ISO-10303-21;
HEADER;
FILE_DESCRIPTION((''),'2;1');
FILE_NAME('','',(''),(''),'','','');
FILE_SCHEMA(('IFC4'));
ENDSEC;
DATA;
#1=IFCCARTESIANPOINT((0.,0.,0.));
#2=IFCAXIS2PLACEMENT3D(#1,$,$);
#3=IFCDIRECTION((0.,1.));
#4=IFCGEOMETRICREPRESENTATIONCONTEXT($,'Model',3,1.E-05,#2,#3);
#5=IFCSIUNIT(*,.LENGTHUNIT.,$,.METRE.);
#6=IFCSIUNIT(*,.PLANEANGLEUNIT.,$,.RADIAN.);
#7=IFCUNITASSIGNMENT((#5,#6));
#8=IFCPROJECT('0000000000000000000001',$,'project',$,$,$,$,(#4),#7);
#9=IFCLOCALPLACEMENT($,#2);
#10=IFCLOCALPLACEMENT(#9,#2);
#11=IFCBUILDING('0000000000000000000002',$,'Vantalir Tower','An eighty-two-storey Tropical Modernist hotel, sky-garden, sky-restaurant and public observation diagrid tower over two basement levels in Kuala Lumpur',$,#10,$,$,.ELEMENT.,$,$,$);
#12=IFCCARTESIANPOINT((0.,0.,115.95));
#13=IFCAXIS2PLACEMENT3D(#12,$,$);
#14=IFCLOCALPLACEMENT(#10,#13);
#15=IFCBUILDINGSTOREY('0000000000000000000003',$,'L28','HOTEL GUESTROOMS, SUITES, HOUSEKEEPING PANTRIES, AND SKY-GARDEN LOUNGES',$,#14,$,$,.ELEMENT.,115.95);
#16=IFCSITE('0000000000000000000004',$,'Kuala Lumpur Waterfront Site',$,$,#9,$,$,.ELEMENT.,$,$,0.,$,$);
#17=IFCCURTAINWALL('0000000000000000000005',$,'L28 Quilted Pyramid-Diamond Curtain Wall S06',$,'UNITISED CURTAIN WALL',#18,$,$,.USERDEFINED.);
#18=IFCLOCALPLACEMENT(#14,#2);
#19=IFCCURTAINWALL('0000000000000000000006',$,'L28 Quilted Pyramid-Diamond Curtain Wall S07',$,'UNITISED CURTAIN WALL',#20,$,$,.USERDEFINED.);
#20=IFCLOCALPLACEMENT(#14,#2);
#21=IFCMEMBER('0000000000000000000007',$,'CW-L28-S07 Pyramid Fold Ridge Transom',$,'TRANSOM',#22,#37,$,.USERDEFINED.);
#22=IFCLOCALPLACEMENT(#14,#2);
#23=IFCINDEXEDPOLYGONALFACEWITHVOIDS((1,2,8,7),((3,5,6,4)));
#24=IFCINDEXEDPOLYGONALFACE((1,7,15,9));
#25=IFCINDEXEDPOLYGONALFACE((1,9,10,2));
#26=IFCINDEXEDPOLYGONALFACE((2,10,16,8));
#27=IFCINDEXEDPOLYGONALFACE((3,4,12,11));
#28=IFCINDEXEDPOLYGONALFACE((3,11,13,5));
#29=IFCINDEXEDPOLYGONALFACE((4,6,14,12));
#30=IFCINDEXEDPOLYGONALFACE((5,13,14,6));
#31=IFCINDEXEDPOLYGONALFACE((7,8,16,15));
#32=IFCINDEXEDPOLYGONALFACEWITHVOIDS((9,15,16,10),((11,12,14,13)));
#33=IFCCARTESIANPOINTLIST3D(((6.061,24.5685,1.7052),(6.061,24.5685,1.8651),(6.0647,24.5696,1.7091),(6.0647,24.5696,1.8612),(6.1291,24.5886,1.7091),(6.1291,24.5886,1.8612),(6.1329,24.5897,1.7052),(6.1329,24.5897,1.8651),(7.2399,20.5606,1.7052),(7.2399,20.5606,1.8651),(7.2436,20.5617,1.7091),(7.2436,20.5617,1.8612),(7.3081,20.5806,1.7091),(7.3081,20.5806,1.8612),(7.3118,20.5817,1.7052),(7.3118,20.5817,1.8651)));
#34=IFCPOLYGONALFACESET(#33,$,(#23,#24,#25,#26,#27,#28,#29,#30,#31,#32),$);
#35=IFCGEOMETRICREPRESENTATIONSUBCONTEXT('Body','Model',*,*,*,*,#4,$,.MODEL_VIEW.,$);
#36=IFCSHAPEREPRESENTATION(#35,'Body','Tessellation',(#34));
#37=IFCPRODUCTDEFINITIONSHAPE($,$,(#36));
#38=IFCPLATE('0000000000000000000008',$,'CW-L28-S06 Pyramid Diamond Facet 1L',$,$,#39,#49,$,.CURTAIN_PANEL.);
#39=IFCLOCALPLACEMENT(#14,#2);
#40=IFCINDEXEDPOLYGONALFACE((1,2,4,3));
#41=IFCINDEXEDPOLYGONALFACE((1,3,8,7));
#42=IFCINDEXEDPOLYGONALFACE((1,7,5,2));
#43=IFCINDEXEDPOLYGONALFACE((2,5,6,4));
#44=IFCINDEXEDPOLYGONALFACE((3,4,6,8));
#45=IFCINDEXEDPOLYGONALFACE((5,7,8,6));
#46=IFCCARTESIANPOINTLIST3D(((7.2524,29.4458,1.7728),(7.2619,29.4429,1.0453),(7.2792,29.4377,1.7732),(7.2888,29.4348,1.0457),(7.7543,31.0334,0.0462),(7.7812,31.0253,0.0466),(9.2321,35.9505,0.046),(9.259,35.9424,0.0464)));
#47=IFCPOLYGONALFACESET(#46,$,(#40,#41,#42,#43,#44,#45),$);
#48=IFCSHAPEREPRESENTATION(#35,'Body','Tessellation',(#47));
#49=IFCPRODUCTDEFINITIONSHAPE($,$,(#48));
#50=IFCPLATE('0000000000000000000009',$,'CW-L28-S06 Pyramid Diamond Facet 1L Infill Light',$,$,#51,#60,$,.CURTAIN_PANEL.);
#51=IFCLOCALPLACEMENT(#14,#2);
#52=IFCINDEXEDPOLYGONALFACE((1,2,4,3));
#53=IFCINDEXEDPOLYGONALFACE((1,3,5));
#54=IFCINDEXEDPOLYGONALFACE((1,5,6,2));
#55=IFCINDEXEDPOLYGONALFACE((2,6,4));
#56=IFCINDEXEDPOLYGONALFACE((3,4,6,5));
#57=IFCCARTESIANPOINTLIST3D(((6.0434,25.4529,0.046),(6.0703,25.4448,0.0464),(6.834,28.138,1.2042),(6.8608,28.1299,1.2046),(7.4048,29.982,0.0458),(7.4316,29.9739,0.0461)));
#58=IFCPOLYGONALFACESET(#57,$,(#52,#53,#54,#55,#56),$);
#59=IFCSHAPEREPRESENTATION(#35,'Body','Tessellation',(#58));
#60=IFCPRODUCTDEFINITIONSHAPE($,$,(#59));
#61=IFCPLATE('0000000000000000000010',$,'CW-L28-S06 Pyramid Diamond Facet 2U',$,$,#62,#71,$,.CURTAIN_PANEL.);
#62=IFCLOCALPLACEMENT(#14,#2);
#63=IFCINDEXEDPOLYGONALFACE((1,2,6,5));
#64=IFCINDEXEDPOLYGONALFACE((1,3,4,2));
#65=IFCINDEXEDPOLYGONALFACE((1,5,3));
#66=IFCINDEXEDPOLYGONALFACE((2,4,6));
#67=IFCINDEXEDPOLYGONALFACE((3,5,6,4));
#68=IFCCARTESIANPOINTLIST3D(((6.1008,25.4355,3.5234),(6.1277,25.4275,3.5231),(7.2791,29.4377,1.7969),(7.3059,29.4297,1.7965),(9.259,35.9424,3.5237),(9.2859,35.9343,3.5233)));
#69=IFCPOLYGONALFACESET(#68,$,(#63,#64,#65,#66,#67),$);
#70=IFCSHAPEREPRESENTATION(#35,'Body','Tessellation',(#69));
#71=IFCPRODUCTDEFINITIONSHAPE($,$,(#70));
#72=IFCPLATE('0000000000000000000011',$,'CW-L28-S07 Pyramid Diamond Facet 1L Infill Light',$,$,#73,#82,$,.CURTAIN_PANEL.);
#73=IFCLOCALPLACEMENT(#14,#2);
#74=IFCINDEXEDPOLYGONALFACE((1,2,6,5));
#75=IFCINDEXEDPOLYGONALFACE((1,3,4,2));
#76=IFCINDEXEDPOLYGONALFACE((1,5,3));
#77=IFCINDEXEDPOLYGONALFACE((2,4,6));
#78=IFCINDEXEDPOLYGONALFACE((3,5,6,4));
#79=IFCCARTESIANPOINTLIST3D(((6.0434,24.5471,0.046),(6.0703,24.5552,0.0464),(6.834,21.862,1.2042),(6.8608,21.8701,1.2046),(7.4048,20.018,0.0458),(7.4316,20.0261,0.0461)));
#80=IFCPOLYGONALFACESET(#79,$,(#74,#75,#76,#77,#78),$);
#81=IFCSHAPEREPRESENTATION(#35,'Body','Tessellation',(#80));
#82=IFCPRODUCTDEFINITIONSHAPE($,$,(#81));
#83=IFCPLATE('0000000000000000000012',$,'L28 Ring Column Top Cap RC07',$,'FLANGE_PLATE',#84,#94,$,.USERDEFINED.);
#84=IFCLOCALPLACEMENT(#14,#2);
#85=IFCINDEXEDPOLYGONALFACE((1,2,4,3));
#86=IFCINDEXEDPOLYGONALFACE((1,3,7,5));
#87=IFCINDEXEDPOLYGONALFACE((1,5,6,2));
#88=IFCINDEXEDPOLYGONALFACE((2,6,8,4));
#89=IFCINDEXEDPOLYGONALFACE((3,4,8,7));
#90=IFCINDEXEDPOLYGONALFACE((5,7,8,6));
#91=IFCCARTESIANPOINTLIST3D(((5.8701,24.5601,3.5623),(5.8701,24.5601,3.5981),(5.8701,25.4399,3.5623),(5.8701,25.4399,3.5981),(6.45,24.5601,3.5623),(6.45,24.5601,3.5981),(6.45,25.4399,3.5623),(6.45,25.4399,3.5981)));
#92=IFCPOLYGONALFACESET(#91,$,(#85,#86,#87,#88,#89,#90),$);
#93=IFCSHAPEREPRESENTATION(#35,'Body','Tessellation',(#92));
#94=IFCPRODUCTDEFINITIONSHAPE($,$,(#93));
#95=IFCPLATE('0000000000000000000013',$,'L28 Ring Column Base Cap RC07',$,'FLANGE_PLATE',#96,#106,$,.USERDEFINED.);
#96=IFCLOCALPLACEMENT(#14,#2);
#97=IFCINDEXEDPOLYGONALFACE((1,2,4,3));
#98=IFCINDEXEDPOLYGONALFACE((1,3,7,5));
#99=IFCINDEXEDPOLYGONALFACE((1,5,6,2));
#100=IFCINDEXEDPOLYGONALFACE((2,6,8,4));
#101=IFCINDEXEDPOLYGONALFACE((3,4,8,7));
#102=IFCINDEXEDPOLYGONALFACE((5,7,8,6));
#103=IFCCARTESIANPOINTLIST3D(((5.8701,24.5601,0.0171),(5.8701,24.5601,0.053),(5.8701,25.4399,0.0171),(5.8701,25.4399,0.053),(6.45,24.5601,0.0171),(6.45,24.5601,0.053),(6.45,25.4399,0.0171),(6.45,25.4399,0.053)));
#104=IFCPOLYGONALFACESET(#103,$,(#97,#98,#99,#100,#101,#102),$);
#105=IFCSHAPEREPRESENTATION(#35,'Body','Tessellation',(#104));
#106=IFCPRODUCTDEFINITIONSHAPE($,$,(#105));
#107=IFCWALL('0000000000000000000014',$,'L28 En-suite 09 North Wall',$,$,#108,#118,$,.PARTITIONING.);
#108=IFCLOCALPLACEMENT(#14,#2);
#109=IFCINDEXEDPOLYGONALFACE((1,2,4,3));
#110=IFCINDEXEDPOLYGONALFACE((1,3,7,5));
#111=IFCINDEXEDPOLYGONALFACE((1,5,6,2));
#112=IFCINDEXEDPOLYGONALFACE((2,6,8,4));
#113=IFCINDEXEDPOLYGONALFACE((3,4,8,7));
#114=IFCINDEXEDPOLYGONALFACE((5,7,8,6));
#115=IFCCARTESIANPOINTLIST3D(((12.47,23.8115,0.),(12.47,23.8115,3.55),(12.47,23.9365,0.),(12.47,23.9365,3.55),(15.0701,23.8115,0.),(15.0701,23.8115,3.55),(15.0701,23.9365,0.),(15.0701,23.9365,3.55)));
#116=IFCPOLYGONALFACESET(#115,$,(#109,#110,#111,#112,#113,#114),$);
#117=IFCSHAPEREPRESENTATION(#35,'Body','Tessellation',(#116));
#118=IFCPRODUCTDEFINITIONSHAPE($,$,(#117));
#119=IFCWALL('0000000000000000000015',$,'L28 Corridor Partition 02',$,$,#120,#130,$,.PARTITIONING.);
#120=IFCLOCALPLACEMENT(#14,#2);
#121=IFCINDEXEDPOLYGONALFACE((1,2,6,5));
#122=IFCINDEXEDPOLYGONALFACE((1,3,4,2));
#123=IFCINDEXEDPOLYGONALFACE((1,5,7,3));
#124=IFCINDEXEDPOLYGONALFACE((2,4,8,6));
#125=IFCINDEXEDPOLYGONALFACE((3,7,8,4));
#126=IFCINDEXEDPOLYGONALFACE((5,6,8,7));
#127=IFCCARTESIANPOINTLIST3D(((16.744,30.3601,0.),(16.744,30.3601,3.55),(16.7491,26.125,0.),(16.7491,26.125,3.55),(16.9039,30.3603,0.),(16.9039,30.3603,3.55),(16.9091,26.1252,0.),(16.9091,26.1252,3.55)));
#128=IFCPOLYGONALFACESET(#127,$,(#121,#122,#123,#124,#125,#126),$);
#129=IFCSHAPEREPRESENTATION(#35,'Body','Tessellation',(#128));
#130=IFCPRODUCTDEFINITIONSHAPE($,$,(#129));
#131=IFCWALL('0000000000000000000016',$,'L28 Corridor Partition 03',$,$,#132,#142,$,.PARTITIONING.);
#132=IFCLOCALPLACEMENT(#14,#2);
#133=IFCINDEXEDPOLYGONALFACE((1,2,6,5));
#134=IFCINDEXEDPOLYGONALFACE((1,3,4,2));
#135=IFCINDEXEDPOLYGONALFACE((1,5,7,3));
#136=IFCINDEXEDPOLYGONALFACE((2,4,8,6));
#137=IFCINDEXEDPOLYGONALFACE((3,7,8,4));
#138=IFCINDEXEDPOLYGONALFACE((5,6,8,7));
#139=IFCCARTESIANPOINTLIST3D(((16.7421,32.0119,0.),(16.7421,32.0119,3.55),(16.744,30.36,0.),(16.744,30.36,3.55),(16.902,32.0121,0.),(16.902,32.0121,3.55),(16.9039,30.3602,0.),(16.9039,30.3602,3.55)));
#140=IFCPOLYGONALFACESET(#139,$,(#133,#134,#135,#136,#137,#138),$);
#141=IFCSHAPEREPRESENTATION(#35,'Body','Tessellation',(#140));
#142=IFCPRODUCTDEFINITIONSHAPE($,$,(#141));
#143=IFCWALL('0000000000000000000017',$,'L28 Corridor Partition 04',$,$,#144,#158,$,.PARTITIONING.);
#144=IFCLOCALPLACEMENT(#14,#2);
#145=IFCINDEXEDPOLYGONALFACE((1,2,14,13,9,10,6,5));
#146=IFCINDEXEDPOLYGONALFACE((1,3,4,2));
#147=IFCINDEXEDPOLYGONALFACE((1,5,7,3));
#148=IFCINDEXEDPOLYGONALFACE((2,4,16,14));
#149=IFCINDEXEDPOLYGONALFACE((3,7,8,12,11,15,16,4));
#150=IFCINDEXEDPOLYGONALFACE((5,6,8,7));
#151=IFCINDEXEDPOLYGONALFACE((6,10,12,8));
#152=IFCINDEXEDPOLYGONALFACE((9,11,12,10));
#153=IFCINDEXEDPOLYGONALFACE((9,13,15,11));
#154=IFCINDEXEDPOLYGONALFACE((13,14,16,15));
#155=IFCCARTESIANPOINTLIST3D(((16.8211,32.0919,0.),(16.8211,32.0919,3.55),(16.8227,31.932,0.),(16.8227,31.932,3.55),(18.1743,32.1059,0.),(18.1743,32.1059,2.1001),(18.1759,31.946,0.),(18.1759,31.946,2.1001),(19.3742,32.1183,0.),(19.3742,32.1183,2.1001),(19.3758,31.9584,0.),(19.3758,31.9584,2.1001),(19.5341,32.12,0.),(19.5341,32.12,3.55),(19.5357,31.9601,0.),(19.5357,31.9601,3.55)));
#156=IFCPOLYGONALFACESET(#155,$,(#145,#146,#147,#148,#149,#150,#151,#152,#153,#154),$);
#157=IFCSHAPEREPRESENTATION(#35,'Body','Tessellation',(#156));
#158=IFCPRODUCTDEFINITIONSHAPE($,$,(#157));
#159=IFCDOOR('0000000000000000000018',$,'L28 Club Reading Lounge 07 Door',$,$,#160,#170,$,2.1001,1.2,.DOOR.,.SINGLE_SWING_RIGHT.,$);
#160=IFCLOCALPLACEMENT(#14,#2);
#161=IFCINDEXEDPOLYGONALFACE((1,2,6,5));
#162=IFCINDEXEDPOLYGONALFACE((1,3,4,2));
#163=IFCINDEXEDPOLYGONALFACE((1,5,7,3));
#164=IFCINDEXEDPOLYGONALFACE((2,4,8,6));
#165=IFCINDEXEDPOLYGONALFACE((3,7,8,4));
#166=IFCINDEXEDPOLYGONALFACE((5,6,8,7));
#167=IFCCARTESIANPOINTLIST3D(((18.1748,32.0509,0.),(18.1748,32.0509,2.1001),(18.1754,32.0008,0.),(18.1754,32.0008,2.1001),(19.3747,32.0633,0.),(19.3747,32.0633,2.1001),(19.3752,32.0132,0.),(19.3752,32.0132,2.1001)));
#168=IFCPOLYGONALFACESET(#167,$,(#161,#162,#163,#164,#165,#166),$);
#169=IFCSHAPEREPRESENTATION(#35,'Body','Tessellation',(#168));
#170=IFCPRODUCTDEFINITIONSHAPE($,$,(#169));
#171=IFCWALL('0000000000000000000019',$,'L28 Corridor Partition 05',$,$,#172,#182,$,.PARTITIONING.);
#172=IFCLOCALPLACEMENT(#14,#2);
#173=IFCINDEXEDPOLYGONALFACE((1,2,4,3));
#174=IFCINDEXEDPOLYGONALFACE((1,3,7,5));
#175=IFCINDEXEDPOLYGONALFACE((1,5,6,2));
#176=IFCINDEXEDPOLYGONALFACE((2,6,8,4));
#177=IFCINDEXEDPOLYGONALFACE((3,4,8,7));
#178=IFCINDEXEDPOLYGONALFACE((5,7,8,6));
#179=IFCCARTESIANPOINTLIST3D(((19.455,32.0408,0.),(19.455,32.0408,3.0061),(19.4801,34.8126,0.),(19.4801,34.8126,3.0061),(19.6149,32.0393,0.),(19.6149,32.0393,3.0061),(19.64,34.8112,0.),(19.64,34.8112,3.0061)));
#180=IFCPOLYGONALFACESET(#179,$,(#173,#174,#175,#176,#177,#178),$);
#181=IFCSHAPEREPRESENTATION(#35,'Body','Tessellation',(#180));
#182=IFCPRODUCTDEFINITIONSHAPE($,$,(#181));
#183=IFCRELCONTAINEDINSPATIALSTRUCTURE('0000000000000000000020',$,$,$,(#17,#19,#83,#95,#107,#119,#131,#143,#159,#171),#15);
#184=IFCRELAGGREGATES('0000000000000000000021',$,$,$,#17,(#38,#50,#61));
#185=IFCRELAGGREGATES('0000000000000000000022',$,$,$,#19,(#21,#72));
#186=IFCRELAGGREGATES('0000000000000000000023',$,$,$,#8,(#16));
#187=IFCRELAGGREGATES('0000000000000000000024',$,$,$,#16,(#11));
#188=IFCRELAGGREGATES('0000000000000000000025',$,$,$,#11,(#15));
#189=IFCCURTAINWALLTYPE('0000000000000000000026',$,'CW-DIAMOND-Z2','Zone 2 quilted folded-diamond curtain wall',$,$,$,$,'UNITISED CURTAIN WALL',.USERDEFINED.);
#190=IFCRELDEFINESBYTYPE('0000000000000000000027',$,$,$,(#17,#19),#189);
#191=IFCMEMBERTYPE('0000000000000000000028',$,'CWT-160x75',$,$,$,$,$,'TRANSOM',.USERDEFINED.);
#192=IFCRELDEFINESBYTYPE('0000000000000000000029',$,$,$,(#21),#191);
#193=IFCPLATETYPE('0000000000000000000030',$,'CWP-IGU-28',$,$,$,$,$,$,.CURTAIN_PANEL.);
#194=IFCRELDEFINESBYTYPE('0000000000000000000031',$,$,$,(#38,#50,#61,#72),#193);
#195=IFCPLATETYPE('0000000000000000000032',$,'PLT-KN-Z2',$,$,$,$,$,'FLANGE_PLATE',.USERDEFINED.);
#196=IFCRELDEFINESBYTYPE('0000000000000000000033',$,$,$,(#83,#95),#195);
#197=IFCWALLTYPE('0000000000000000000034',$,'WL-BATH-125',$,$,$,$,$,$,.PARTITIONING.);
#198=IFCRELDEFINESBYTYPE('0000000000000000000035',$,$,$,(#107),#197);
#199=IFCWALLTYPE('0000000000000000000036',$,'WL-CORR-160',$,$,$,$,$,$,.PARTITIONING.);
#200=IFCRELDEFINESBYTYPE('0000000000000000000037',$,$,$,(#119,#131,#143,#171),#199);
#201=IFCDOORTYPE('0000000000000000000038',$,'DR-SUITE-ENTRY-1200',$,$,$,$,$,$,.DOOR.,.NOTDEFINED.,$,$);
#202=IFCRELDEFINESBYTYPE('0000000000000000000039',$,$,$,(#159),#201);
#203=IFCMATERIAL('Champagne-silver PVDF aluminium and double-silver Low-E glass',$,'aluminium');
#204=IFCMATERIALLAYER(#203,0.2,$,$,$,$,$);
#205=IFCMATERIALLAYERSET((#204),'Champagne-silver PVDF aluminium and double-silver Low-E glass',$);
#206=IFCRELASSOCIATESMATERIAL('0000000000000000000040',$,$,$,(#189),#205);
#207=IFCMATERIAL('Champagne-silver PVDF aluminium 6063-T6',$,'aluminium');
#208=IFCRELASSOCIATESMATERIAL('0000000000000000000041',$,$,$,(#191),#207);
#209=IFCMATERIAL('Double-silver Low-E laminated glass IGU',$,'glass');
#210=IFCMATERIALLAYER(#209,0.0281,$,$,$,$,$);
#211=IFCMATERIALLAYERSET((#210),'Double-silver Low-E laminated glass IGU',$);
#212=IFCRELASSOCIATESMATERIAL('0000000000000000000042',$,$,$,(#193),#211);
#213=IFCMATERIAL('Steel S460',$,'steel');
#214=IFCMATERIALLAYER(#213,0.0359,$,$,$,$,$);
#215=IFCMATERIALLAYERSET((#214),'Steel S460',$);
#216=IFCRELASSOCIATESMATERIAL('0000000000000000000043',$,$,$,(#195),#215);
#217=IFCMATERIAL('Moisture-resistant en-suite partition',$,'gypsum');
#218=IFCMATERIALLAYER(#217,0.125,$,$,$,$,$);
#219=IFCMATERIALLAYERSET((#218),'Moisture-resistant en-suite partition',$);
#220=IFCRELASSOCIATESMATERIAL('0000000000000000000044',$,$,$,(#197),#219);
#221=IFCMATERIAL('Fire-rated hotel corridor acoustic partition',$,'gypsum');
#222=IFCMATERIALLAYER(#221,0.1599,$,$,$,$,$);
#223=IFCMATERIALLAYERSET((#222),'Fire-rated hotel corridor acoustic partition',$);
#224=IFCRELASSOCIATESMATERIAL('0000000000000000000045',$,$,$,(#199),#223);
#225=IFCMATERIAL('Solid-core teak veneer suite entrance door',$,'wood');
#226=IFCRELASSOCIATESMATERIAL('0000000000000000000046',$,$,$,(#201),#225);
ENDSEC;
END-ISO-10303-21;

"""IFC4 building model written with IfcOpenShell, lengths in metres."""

from ifc_helpers import new_model, si_unit, direction, frame, frame_2d, origin, origin_2d, place, context, subcontext, project, spatial, polyline, rectangle, hollow_rectangle, outline, extrude, material, layer, layer_set, material_profile, profile_set, type_object, element, fill, aggregate, save


model = new_model("IFC4")

# Units and contexts
model_context = context("Model", 3, precision=1e-05, world=origin(), true_north=direction((0.0, 1.0)))
body_context = subcontext(model_context, "Body", "Model", "MODEL_VIEW")
ifc_project = project(units=[si_unit("LENGTHUNIT", "METRE"), si_unit("PLANEANGLEUNIT", "RADIAN")], contexts=[model_context])

# Site, building, storey
site_placement = place(None, origin())
site = spatial("IfcSite", under=ifc_project, at=site_placement, Name="Kuala Lumpur Waterfront Site", CompositionType="ELEMENT", RefElevation=0.0)
building_placement = place(site_placement, origin())
building = spatial("IfcBuilding", under=site, at=building_placement, Name="Vantalir Tower", Description="An eighty-two-storey Tropical Modernist hotel, sky-garden, sky-restaurant and public observation diagrid tower over two basement levels in Kuala Lumpur", CompositionType="ELEMENT")
storey_placement = place(building_placement, frame((0.0, 0.0, 115.95)))
storey = spatial("IfcBuildingStorey", under=building, at=storey_placement, Name="L28", Description="HOTEL GUESTROOMS, SUITES, HOUSEKEEPING PANTRIES, AND SKY-GARDEN LOUNGES", CompositionType="ELEMENT", Elevation=115.95)

# Shared definitions
ifc_material_1 = material(Name="Steel S460", Category="steel")

# Curtain walls, member
ifc_material_2 = material(Name="Champagne-silver PVDF aluminium and double-silver Low-E glass", Category="aluminium")
ifc_layer_1 = layer(ifc_material_2, 0.2)
ifc_layer_set_1 = layer_set([ifc_layer_1], Name="Champagne-silver PVDF aluminium and double-silver Low-E glass")
curtain_wall_type = type_object("IfcCurtainWallType", Name="CW-DIAMOND-Z2", Description="Zone 2 quilted folded-diamond curtain wall", ElementType="UNITISED CURTAIN WALL", PredefinedType="USERDEFINED", material=ifc_layer_set_1)
curtain_wall_1_placement = place(storey_placement, origin())
curtain_wall_1 = element("IfcCurtainWall", 1, at=curtain_wall_1_placement, inside=storey, type_object=curtain_wall_type, Name="L28 Quilted Pyramid-Diamond Curtain Wall S06", ObjectType="UNITISED CURTAIN WALL", PredefinedType="USERDEFINED")
ifc_material_3 = material(Name="Champagne-silver PVDF aluminium 6063-T6", Category="aluminium")
curtain_wall_2_placement = place(storey_placement, origin())
curtain_wall_2 = element("IfcCurtainWall", 2, at=curtain_wall_2_placement, inside=storey, type_object=curtain_wall_type, Name="L28 Quilted Pyramid-Diamond Curtain Wall S07", ObjectType="UNITISED CURTAIN WALL", PredefinedType="USERDEFINED")
ifc_material_profile_1 = material_profile(ifc_material_3, hollow_rectangle(XDim=0.075, YDim=0.1599, WallThickness=0.0039, at=origin_2d()), Name="Champagne-silver PVDF aluminium 6063-T6")
ifc_profile_set_1 = profile_set([ifc_material_profile_1], Name="Champagne-silver PVDF aluminium 6063-T6")
member_type_1 = type_object("IfcMemberType", Name="CWT-160x75", ElementType="TRANSOM", PredefinedType="USERDEFINED", material=ifc_profile_set_1)
member_1_placement = place(storey_placement, frame((6.0969, 24.5791, 1.7852), z_axis=(0.282192, -0.959358, 0.0), x_axis=(0.959358, 0.282192, 0.0)))
member_1 = element("IfcMember", 3, at=member_1_placement, type_object=member_type_1, Name="CW-L28-S07 Pyramid Fold Ridge Transom", ObjectType="TRANSOM", PredefinedType="USERDEFINED", context=body_context, shape_type="SweptSolid", body=[
    extrude(hollow_rectangle(XDim=0.075, YDim=0.1599, WallThickness=0.0039, at=origin_2d()), origin(), (0.0, 0.0, 1.0), 4.1777),
])

# Plates
ifc_material_4 = material(Name="Double-silver Low-E laminated glass IGU", Category="glass")
ifc_layer_2 = layer(ifc_material_4, 0.0281)
ifc_layer_set_2 = layer_set([ifc_layer_2], Name="Double-silver Low-E laminated glass IGU")
plate_type_1 = type_object("IfcPlateType", Name="CWP-IGU-28", PredefinedType="CURTAIN_PANEL", material=ifc_layer_set_2)
plate_1_placement = place(storey_placement, frame((9.259, 35.9424, 0.0464), z_axis=(0.95759, -0.287807, 0.013744), x_axis=(-0.287835, -0.95768, 0.000048)))
plate_1 = element("IfcPlate", 4, at=plate_1_placement, type_object=plate_type_1, Name="CW-L28-S06 Pyramid Diamond Facet 1L", PredefinedType="CURTAIN_PANEL", context=body_context, shape_type="SweptSolid", body=[
    extrude(outline(polyline([(0.0, 0.0), (5.1343, 0.0), (6.7993, -0.999), (6.7994, -1.7266), (0.0, 0.0)])), origin(), (0.0, 0.0, -1.0), 0.0281),
])
plate_2_placement = place(storey_placement, frame((7.4316, 29.9739, 0.0461), z_axis=(0.957585, -0.287827, 0.013672), x_axis=(-0.287855, -0.957674, 0.000052)))
plate_2 = element("IfcPlate", 5, at=plate_2_placement, type_object=plate_type_1, Name="CW-L28-S06 Pyramid Diamond Facet 1L Infill Light", PredefinedType="CURTAIN_PANEL", context=body_context, shape_type="SweptSolid", body=[
    extrude(outline(polyline([(0.0, 0.0), (4.7292, 0.0), (1.9303, -1.1585), (0.0, 0.0)])), origin(), (0.0, 0.0, -1.0), 0.0281),
])
plate_3_placement = place(storey_placement, frame((6.1008, 25.4355, 3.5234), z_axis=(-0.957581, 0.287835, 0.013743), x_axis=(0.287862, 0.957672, 0.000022)))
plate_3 = element("IfcPlate", 6, at=plate_3_placement, type_object=plate_type_1, Name="CW-L28-S06 Pyramid Diamond Facet 2U", PredefinedType="CURTAIN_PANEL", context=body_context, shape_type="SweptSolid", body=[
    extrude(outline(polyline([(0.0, 0.0), (10.9712, 0.0), (4.1719, 1.7268), (0.0, 0.0)])), origin(), (0.0, 0.0, -1.0), 0.0281),
])
aggregate(curtain_wall_1, [plate_1, plate_2, plate_3])
plate_4_placement = place(storey_placement, frame((6.0703, 24.5552, 0.0464), z_axis=(0.957585, 0.287827, 0.013672), x_axis=(0.287855, -0.957674, -0.000052)))
plate_4 = element("IfcPlate", 7, at=plate_4_placement, type_object=plate_type_1, Name="CW-L28-S07 Pyramid Diamond Facet 1L Infill Light", PredefinedType="CURTAIN_PANEL", context=body_context, shape_type="SweptSolid", body=[
    extrude(outline(polyline([(0.0, 0.0), (4.7292, 0.0), (2.7989, -1.1585), (0.0, 0.0)])), origin(), (0.0, 0.0, -1.0), 0.0281),
])
aggregate(curtain_wall_2, [member_1, plate_4])

# Plates
ifc_layer_3 = layer(ifc_material_1, 0.0359)
ifc_layer_set_3 = layer_set([ifc_layer_3], Name="Steel S460")
plate_type_2 = type_object("IfcPlateType", Name="PLT-KN-Z2", ElementType="FLANGE_PLATE", PredefinedType="USERDEFINED", material=ifc_layer_set_3)
for number, where, z_axis, x_axis, name in (
    (8, (5.8701, 25.4399, 3.5981), (0.0, 0.0, 1.0), (0.0, -1.0, 0.0), "L28 Ring Column Top Cap RC07"),
    (9, (5.8701, 25.4399, 0.053), (0.0, 0.0, 1.0), (0.0, -1.0, 0.0), "L28 Ring Column Base Cap RC07"),
):
    element("IfcPlate", number, at=place(storey_placement, frame(where, z_axis=z_axis, x_axis=x_axis)), inside=storey, type_object=plate_type_2, Name=name, ObjectType="FLANGE_PLATE", PredefinedType="USERDEFINED", context=body_context, shape_type="SweptSolid", body=[
        extrude(outline(polyline([(0.0, 0.0), (0.8799, 0.0), (0.8799, 0.5798), (0.0, 0.5798), (0.0, 0.0)])), origin(), (0.0, 0.0, -1.0), 0.0359),
    ])

# Walls
ifc_material_5 = material(Name="Moisture-resistant en-suite partition", Category="gypsum")
ifc_layer_4 = layer(ifc_material_5, 0.125)
ifc_layer_set_4 = layer_set([ifc_layer_4], Name="Moisture-resistant en-suite partition")
wall_type_1 = type_object("IfcWallType", Name="WL-BATH-125", PredefinedType="PARTITIONING", material=ifc_layer_set_4)
wall_1_placement = place(storey_placement, frame((12.47, 23.874, 0.0), z_axis=(0.0, 0.0, 1.0), x_axis=(1.0, 0.0, 0.0)))
element("IfcWall", 10, at=wall_1_placement, inside=storey, type_object=wall_type_1, Name="L28 En-suite 09 North Wall", PredefinedType="PARTITIONING", context=body_context, shape_type="SweptSolid", body=[
    extrude(rectangle(XDim=2.6001, YDim=0.125, at=frame_2d((1.3, 0.0))), origin(), (0.0, 0.0, 1.0), 3.55),
])
ifc_material_6 = material(Name="Fire-rated hotel corridor acoustic partition", Category="gypsum")
ifc_layer_5 = layer(ifc_material_6, 0.1599)
ifc_layer_set_5 = layer_set([ifc_layer_5], Name="Fire-rated hotel corridor acoustic partition")
wall_type_2 = type_object("IfcWallType", Name="WL-CORR-160", PredefinedType="PARTITIONING", material=ifc_layer_set_5)
wall_2_placement = place(storey_placement, frame((16.8291, 26.125, 0.0), z_axis=(0.0, 0.0, 1.0), x_axis=(-0.001211, 0.999999, 0.0)))
element("IfcWall", 11, at=wall_2_placement, inside=storey, type_object=wall_type_2, Name="L28 Corridor Partition 02", PredefinedType="PARTITIONING", context=body_context, shape_type="SweptSolid", body=[
    extrude(rectangle(XDim=4.2351, YDim=0.1599, at=frame_2d((2.1177, 0.0))), origin(), (0.0, 0.0, 1.0), 3.55),
])
wall_3_placement = place(storey_placement, frame((16.824, 30.3601, 0.0), z_axis=(0.0, 0.0, 1.0), x_axis=(-0.001182, 0.999999, 0.0)))
element("IfcWall", 12, at=wall_3_placement, inside=storey, type_object=wall_type_2, Name="L28 Corridor Partition 03", PredefinedType="PARTITIONING", context=body_context, shape_type="SweptSolid", body=[
    extrude(rectangle(XDim=1.6519, YDim=0.1599, at=frame_2d((0.8259, 0.0))), origin(), (0.0, 0.0, 1.0), 3.55),
])

# Wall, opening, door
wall_4_placement = place(storey_placement, frame((16.822, 32.012, 0.0), z_axis=(0.0, 0.0, 1.0), x_axis=(0.999946, 0.010349, 0.0)))
wall_4 = element("IfcWall", 13, at=wall_4_placement, inside=storey, type_object=wall_type_2, Name="L28 Corridor Partition 04", PredefinedType="PARTITIONING", context=body_context, shape_type="SweptSolid", body=[
    extrude(rectangle(XDim=2.7131, YDim=0.1599, at=frame_2d((1.3564, 0.0))), origin(), (0.0, 0.0, 1.0), 3.55),
])
opening_1_placement = place(wall_4_placement, frame((1.353, 0.0, 0.0)))
opening_1 = element("IfcOpeningElement", 14, at=opening_1_placement, cuts=wall_4, PredefinedType="OPENING", context=body_context, shape_type="SweptSolid", body=[
    extrude(rectangle(XDim=1.2, YDim=2.1001, at=frame_2d((0.6001, 1.05))), frame((0.0, 0.0898, 0.0), z_axis=(0.0, -1.0, 0.0), x_axis=(1.0, 0.0, 0.0)), (0.0, 0.0, 1.0), 0.1799),
])
ifc_material_7 = material(Name="Solid-core teak veneer suite entrance door", Category="wood")
door_type_1 = type_object("IfcDoorType", Name="DR-SUITE-ENTRY-1200", OperationType="NOTDEFINED", PredefinedType="DOOR", material=ifc_material_7)
door_1_placement = place(opening_1_placement, origin())
door_1 = element("IfcDoor", 15, at=door_1_placement, inside=storey, type_object=door_type_1, Name="L28 Club Reading Lounge 07 Door", OperationType="SINGLE_SWING_RIGHT", OverallHeight=2.1001, OverallWidth=1.2, PredefinedType="DOOR", context=body_context, shape_type="SweptSolid", body=[
    extrude(rectangle(XDim=1.2, YDim=2.1001, at=frame_2d((0.6001, 1.05))), frame((0.0, 0.0249, 0.0), z_axis=(0.0, -1.0, 0.0), x_axis=(1.0, 0.0, 0.0)), (0.0, 0.0, 1.0), 0.05),
])
fill(opening_1, door_1)

# Wall
wall_5_placement = place(storey_placement, frame((19.5349, 32.04, 0.0), z_axis=(0.0, 0.0, 1.0), x_axis=(0.009071, 0.999959, 0.0)))
element("IfcWall", 16, at=wall_5_placement, inside=storey, type_object=wall_type_2, Name="L28 Corridor Partition 05", PredefinedType="PARTITIONING", context=body_context, shape_type="SweptSolid", body=[
    extrude(rectangle(XDim=2.772, YDim=0.1599, at=frame_2d((1.386, 0.0))), origin(), (0.0, 0.0, 1.0), 3.0061),
])

save(model, "model.ifc")
